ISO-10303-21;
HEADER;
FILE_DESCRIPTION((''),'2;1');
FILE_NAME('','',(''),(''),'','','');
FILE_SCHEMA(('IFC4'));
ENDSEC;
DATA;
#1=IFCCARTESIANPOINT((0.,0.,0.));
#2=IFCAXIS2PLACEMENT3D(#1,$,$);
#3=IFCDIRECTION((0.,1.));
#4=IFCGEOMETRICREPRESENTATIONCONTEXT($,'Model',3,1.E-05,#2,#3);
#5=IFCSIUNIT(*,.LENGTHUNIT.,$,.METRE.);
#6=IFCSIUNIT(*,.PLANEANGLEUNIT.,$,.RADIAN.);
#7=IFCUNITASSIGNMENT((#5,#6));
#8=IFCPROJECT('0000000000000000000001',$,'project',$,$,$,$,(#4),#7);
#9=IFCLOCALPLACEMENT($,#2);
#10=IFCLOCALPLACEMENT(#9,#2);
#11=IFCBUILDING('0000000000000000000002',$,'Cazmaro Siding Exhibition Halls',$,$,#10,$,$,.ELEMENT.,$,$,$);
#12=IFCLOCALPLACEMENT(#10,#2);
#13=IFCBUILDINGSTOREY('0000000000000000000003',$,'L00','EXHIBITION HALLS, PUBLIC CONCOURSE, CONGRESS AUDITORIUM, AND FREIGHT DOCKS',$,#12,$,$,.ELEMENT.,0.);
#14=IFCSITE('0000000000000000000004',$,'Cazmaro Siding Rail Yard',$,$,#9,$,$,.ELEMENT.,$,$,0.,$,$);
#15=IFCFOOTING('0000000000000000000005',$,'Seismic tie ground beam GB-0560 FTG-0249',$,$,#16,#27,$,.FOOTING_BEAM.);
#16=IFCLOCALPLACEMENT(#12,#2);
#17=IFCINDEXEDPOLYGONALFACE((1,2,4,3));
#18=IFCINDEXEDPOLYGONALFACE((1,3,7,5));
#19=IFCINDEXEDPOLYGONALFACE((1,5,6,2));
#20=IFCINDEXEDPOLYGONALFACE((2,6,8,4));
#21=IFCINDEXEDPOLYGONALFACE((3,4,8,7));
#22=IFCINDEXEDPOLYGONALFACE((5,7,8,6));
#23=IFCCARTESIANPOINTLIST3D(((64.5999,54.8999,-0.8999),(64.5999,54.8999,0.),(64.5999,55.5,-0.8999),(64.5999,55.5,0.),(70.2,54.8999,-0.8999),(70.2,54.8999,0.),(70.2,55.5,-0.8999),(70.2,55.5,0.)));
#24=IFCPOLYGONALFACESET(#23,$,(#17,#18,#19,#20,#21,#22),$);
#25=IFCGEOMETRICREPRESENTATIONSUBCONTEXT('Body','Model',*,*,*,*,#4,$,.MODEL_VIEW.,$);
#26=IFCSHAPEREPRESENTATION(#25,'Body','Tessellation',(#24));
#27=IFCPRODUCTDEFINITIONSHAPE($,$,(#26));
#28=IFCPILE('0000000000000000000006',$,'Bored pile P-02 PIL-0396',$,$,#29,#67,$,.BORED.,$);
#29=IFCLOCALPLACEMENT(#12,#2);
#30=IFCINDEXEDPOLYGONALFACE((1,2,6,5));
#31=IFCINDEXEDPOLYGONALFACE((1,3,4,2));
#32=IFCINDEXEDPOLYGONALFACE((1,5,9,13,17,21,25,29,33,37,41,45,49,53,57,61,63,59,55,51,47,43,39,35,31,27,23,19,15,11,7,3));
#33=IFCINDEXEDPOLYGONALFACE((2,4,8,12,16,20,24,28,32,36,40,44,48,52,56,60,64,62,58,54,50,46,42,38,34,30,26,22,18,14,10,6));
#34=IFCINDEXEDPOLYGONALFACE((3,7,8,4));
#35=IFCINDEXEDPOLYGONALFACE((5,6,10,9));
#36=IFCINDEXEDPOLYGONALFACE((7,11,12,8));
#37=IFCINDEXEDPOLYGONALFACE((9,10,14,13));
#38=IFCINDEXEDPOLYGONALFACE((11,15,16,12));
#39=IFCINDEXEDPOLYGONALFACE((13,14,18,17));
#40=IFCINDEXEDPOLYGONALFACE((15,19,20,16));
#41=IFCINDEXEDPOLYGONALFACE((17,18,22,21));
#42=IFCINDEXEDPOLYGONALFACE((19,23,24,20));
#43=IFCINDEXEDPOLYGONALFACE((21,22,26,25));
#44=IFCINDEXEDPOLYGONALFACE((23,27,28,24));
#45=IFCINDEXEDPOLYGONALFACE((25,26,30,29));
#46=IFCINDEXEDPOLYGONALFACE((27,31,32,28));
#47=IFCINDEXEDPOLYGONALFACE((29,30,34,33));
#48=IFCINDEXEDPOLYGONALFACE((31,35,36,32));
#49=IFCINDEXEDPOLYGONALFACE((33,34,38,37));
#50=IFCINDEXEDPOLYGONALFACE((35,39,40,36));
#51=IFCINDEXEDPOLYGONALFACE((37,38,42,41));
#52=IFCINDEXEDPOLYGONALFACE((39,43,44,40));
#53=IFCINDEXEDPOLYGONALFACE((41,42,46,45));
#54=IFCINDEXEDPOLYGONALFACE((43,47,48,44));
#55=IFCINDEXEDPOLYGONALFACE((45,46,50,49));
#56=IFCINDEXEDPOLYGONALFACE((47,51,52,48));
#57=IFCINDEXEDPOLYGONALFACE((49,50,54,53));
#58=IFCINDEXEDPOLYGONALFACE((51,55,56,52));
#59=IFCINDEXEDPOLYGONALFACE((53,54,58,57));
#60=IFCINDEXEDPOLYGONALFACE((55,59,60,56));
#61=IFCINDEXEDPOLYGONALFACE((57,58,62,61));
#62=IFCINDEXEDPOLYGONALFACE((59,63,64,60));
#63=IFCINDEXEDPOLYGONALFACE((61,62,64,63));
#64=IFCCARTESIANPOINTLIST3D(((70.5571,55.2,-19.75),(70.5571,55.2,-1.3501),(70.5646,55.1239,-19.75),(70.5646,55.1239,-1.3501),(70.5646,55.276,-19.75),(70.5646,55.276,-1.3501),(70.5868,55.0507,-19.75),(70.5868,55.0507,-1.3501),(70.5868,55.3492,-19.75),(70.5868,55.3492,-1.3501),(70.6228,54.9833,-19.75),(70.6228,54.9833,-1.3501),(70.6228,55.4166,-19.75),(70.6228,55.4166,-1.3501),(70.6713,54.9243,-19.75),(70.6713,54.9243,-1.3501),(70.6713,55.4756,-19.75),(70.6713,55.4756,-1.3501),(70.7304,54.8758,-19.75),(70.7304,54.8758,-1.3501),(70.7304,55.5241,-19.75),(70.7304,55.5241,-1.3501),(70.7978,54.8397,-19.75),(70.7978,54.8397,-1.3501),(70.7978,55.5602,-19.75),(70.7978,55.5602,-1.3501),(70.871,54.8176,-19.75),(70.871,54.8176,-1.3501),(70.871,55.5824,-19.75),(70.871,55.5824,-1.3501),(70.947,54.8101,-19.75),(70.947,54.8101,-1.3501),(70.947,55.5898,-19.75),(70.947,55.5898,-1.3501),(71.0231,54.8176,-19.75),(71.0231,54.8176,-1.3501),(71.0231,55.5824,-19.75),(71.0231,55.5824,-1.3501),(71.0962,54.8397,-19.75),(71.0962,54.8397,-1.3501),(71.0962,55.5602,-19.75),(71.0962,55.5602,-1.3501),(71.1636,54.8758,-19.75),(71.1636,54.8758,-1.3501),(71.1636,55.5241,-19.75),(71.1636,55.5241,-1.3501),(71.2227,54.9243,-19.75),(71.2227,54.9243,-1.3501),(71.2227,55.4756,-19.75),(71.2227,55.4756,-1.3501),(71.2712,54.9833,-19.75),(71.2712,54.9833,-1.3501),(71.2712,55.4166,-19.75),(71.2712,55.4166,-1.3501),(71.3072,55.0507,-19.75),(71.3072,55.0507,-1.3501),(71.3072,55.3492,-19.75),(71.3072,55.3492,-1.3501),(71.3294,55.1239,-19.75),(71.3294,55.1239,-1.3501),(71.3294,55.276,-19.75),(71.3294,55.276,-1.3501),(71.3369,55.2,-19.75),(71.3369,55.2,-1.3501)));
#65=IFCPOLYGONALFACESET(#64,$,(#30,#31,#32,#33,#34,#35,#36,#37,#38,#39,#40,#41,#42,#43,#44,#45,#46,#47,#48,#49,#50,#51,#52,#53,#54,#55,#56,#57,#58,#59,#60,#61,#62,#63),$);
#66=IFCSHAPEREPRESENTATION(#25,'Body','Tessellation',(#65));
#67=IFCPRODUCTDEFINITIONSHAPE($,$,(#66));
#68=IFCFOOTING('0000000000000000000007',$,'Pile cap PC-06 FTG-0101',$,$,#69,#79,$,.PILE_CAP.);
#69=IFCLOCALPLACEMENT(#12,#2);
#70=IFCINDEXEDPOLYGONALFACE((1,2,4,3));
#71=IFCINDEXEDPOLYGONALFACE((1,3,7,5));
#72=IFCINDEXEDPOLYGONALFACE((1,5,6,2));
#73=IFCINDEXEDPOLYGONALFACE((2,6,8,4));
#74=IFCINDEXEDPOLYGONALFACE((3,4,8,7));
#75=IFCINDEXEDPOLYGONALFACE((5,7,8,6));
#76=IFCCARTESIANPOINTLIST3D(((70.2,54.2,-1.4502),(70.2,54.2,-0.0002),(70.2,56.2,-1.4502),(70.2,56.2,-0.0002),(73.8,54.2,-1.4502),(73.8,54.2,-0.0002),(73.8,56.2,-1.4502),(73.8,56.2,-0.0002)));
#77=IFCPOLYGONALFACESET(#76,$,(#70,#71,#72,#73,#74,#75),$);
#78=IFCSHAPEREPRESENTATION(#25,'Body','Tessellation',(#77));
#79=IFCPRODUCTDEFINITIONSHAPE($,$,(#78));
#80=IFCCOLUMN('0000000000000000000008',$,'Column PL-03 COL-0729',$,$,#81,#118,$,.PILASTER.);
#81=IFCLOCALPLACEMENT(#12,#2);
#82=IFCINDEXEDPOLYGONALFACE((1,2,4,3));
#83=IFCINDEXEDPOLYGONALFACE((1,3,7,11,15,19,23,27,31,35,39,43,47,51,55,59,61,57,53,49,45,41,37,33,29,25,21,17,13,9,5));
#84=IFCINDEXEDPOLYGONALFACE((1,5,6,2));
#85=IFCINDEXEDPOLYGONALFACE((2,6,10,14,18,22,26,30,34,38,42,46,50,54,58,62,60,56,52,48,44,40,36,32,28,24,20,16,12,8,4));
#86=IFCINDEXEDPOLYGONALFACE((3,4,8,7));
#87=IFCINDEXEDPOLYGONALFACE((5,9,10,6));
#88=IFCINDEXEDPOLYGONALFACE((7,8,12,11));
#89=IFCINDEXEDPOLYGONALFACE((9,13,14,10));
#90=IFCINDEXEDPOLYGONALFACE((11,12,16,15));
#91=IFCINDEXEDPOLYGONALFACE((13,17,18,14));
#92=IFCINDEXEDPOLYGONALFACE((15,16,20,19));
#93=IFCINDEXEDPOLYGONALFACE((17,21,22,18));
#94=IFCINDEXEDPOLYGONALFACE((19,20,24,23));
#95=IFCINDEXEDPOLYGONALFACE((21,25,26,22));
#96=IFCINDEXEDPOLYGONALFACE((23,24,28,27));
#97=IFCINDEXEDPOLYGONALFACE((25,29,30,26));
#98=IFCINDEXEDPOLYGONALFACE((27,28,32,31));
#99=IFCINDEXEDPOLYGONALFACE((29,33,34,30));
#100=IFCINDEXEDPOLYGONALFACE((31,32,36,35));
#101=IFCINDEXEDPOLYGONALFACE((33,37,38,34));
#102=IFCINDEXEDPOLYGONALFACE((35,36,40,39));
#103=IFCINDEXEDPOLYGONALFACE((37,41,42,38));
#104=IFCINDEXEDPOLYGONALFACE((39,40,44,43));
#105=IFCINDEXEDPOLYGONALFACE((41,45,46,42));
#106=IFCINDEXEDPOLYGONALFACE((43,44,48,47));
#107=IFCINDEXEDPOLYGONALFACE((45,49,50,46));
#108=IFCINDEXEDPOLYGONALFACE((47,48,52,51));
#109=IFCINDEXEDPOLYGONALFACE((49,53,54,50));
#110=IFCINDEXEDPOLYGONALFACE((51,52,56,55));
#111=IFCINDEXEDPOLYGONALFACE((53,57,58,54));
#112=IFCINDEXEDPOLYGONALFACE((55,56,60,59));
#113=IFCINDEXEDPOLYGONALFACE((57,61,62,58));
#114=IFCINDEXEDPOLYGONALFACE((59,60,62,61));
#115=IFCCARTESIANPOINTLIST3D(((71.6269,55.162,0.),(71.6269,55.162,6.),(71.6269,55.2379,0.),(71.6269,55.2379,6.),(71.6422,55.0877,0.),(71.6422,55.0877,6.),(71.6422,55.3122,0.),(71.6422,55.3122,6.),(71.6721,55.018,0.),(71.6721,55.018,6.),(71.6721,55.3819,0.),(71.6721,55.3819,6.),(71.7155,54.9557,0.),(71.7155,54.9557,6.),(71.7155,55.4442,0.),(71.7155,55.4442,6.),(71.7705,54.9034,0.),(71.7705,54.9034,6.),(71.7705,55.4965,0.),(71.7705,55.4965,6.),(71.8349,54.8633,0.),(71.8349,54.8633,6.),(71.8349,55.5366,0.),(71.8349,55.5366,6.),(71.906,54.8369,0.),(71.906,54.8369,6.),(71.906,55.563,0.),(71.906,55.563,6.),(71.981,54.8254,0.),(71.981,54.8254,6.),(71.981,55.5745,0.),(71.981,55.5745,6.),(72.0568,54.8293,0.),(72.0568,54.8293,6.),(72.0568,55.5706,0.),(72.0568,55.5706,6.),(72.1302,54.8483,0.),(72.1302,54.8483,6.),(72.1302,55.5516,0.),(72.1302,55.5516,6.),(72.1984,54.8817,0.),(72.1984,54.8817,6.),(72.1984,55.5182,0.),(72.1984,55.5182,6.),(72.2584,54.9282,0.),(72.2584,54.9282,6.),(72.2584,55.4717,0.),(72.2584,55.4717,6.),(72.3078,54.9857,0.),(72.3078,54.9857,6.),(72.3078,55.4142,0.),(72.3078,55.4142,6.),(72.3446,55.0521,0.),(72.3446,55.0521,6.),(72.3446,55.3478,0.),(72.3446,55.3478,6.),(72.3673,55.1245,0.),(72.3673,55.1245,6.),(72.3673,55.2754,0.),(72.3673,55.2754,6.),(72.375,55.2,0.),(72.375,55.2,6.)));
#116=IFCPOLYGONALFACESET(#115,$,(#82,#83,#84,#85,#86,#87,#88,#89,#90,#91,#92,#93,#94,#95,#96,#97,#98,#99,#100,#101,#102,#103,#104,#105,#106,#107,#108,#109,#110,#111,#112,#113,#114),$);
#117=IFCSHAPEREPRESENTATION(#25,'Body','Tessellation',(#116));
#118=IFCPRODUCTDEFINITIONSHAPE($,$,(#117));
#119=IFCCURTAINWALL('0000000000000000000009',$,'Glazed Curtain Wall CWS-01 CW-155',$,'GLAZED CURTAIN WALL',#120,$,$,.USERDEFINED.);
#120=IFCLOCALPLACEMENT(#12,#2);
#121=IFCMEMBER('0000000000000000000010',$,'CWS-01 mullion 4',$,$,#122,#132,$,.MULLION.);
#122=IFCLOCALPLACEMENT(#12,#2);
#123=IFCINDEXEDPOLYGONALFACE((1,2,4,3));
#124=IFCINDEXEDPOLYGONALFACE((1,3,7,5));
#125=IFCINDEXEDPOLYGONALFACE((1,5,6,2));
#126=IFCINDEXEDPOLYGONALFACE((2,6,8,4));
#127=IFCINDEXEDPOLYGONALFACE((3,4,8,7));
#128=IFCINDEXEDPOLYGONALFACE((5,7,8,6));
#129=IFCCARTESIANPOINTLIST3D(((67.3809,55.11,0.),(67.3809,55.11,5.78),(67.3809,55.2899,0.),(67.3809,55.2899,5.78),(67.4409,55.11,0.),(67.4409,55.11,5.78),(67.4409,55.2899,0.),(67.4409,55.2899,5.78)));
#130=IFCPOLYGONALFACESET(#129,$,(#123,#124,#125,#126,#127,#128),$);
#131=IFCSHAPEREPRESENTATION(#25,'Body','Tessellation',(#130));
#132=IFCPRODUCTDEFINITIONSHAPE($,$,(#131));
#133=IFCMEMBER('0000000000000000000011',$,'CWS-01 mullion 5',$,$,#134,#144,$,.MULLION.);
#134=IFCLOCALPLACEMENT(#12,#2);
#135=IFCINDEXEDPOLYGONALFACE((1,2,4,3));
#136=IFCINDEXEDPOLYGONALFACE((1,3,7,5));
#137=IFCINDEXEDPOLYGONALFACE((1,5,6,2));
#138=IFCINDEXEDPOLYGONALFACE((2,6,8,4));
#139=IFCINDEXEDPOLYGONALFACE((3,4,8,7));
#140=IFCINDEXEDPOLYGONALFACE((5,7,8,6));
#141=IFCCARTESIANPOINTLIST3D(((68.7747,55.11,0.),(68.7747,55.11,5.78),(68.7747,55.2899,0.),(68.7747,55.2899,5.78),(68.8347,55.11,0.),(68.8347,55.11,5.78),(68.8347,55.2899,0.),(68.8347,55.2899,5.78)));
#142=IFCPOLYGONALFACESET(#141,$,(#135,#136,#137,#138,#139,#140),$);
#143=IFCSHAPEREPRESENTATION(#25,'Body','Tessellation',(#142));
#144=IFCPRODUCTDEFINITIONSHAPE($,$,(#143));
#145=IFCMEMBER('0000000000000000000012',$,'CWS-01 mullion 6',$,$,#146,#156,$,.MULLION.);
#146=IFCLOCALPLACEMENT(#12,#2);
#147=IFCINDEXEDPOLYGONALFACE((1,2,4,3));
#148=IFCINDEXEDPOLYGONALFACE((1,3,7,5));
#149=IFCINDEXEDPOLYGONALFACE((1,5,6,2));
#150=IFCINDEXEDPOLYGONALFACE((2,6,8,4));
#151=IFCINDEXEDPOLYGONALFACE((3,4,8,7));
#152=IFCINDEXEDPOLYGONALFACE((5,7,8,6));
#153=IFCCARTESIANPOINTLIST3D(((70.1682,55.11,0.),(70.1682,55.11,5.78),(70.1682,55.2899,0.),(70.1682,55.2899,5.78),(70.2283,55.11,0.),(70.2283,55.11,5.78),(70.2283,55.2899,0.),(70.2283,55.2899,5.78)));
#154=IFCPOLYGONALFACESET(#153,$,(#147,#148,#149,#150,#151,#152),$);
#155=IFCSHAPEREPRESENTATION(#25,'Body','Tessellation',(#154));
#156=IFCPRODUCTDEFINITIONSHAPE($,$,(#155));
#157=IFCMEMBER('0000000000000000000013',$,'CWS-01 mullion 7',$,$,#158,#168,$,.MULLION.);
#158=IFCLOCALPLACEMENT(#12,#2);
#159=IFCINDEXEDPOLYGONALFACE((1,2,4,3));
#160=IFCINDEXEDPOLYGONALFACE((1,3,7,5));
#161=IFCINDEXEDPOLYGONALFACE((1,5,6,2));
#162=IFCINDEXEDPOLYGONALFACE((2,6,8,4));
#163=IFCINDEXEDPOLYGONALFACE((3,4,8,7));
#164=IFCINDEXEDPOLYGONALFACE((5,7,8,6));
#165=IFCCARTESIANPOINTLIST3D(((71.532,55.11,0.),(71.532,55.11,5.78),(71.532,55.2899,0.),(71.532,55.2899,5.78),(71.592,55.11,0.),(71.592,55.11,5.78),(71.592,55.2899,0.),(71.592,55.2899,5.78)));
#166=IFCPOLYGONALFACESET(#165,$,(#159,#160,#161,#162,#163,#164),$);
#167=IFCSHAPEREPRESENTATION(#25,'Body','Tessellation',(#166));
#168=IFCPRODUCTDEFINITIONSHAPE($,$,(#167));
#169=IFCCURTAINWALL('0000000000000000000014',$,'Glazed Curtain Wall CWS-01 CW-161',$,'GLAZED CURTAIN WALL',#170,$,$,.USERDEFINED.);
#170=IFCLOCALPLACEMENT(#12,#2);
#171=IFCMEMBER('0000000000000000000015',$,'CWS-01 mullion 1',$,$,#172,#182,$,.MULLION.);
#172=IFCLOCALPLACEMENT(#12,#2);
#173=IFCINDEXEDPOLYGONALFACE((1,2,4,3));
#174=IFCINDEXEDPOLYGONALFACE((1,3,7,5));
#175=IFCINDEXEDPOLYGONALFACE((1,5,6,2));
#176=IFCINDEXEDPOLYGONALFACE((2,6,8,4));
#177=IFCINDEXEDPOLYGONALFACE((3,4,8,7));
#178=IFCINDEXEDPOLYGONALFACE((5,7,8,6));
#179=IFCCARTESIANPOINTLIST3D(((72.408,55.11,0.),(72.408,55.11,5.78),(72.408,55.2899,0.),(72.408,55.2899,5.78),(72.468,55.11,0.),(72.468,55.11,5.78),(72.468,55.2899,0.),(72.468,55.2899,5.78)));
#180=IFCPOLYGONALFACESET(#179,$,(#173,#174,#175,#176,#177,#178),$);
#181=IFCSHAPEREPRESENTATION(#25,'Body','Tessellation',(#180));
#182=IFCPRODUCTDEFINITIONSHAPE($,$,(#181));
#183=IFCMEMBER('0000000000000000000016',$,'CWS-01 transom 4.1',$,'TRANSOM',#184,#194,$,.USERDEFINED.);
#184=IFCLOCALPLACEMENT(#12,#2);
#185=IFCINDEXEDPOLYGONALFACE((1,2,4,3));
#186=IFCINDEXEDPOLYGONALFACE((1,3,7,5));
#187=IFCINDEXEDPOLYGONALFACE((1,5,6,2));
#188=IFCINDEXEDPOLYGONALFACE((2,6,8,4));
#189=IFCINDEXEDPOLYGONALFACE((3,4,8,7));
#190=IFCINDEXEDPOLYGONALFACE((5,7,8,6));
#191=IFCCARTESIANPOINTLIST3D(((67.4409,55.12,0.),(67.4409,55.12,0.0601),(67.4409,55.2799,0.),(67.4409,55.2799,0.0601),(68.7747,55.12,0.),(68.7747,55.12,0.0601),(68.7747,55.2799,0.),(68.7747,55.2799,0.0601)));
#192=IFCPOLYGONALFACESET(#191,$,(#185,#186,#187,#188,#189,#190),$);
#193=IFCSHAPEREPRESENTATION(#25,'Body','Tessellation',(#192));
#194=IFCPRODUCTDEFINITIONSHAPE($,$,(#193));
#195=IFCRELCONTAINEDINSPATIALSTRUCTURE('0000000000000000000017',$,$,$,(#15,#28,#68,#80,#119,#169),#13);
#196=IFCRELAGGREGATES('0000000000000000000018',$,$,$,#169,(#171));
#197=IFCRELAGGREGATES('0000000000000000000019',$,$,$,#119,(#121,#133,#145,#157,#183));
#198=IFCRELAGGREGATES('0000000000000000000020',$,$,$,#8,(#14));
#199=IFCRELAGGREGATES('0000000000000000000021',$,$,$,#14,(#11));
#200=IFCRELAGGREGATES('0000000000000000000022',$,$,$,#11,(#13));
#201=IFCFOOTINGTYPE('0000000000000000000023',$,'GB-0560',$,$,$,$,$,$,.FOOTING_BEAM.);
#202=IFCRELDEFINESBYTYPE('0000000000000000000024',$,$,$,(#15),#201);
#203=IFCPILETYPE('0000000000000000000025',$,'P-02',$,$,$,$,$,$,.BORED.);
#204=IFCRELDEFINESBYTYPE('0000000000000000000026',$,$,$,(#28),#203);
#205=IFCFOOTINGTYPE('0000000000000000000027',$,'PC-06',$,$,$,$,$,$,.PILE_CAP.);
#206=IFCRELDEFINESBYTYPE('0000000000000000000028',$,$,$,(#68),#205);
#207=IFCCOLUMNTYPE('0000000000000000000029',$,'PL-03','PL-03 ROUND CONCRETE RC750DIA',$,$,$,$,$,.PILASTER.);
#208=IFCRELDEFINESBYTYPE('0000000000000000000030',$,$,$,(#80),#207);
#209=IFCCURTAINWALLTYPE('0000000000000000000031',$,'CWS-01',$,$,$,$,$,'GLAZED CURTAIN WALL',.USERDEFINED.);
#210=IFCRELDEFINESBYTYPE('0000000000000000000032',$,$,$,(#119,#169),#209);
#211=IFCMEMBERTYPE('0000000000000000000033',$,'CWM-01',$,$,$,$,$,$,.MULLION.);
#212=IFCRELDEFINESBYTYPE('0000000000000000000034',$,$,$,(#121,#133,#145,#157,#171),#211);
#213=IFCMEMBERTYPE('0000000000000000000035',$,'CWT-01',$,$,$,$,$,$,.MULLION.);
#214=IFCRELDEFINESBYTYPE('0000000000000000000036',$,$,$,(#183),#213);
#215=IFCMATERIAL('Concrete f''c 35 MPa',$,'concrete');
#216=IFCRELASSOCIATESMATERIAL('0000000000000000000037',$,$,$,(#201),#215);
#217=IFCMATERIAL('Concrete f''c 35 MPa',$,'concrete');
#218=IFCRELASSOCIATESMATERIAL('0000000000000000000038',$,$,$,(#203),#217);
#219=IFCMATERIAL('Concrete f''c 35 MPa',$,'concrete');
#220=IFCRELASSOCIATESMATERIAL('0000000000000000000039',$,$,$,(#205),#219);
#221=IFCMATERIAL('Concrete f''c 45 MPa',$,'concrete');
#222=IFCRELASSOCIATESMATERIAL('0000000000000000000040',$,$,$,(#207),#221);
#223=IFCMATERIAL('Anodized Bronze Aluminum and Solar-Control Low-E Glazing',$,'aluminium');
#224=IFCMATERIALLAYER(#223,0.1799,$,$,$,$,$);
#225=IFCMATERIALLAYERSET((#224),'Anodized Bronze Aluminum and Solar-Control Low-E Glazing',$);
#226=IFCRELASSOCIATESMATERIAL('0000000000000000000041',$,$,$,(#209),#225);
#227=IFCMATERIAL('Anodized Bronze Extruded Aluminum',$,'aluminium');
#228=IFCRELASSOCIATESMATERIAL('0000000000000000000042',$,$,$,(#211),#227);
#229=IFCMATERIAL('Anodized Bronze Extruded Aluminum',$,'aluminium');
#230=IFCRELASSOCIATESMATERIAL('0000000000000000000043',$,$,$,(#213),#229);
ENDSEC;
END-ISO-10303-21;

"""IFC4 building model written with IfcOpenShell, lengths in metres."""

from ifc_helpers import new_model, si_unit, direction, frame, origin, origin_2d, place, context, subcontext, project, spatial, rectangle, circle, extrude, material, layer, layer_set, material_profile, profile_set, type_object, element, aggregate, save


model = new_model("IFC4")

# Units and contexts
model_context = context("Model", 3, precision=1e-05, world=origin(), true_north=direction((0.0, 1.0)))
body_context = subcontext(model_context, "Body", "Model", "MODEL_VIEW")
ifc_project = project(units=[si_unit("LENGTHUNIT", "METRE"), si_unit("PLANEANGLEUNIT", "RADIAN")], contexts=[model_context])

# Site, building, storey
site_placement = place(None, origin())
site = spatial("IfcSite", under=ifc_project, at=site_placement, Name="Cazmaro Siding Rail Yard", CompositionType="ELEMENT", RefElevation=0.0)
building_placement = place(site_placement, origin())
building = spatial("IfcBuilding", under=site, at=building_placement, Name="Cazmaro Siding Exhibition Halls", CompositionType="ELEMENT")
storey_placement = place(building_placement, origin())
storey = spatial("IfcBuildingStorey", under=building, at=storey_placement, Name="L00", Description="EXHIBITION HALLS, PUBLIC CONCOURSE, CONGRESS AUDITORIUM, AND FREIGHT DOCKS", CompositionType="ELEMENT", Elevation=0.0)

# Footing
ifc_material_1 = material(Name="Concrete f'c 35 MPa", Category="concrete")
footing_type_1 = type_object("IfcFootingType", Name="GB-0560", PredefinedType="FOOTING_BEAM", material=ifc_material_1)
footing_1_placement = place(storey_placement, frame((67.3999, 55.2, -0.8999), z_axis=(0.0, 0.0, 1.0), x_axis=(1.0, 0.0, 0.0)))
element("IfcFooting", 1, at=footing_1_placement, inside=storey, type_object=footing_type_1, Name="Seismic tie ground beam GB-0560 FTG-0249", PredefinedType="FOOTING_BEAM", context=body_context, shape_type="SweptSolid", body=[
    extrude(rectangle(XDim=5.6001, YDim=0.6001, at=origin_2d()), origin(), (0.0, 0.0, 1.0), 0.8999),
])

# Pile
ifc_material_2 = material(Name="Concrete f'c 35 MPa", Category="concrete")
ifc_material_profile_1 = material_profile(ifc_material_2, circle(Radius=0.3899, at=origin_2d()), Name="CIDH-780")
ifc_profile_set_1 = profile_set([ifc_material_profile_1], Name="Concrete f'c 35 MPa")
pile_type = type_object("IfcPileType", Name="P-02", PredefinedType="BORED", material=ifc_profile_set_1)
pile_placement = place(storey_placement, frame((70.947, 55.2, -1.3501), z_axis=(0.0, 0.0, -1.0), x_axis=(1.0, 0.0, 0.0)))
element("IfcPile", 2, at=pile_placement, inside=storey, type_object=pile_type, Name="Bored pile P-02 PIL-0396", PredefinedType="BORED", context=body_context, shape_type="SweptSolid", body=[
    extrude(circle(Radius=0.3899, at=origin_2d()), origin(), (0.0, 0.0, 1.0), 18.3999),
])

# Footing
ifc_material_3 = material(Name="Concrete f'c 35 MPa", Category="concrete")
footing_type_2 = type_object("IfcFootingType", Name="PC-06", PredefinedType="PILE_CAP", material=ifc_material_3)
footing_2_placement = place(storey_placement, frame((72.0, 55.2, -1.4502), z_axis=(0.0, 0.0, 1.0), x_axis=(1.0, 0.0, 0.0)))
element("IfcFooting", 3, at=footing_2_placement, inside=storey, type_object=footing_type_2, Name="Pile cap PC-06 FTG-0101", PredefinedType="PILE_CAP", context=body_context, shape_type="SweptSolid", body=[
    extrude(rectangle(XDim=3.6001, YDim=2.0, at=origin_2d()), origin(), (0.0, 0.0, 1.0), 1.45),
])

# Column
ifc_material_4 = material(Name="Concrete f'c 45 MPa", Category="concrete")
ifc_material_profile_2 = material_profile(ifc_material_4, circle(Radius=0.375, at=origin_2d()), Name="RC750DIA")
ifc_profile_set_2 = profile_set([ifc_material_profile_2], Name="Concrete f'c 45 MPa")
column_type = type_object("IfcColumnType", Name="PL-03", Description="PL-03 ROUND CONCRETE RC750DIA", PredefinedType="PILASTER", material=ifc_profile_set_2)
column_placement = place(storey_placement, frame((72.0, 55.2, 0.0), z_axis=(0.0, 0.0, 1.0), x_axis=(1.0, 0.0, 0.0)))
element("IfcColumn", 4, at=column_placement, inside=storey, type_object=column_type, Name="Column PL-03 COL-0729", PredefinedType="PILASTER", context=body_context, shape_type="SweptSolid", body=[
    extrude(circle(Radius=0.375, at=origin_2d()), origin(), (0.0, 0.0, 1.0), 6.0),
])

# Curtain wall, members
ifc_material_5 = material(Name="Anodized Bronze Aluminum and Solar-Control Low-E Glazing", Category="aluminium")
ifc_layer_1 = layer(ifc_material_5, 0.1799)
ifc_layer_set_1 = layer_set([ifc_layer_1], Name="Anodized Bronze Aluminum and Solar-Control Low-E Glazing")
curtain_wall_type = type_object("IfcCurtainWallType", Name="CWS-01", ElementType="GLAZED CURTAIN WALL", PredefinedType="USERDEFINED", material=ifc_layer_set_1)
curtain_wall_1_placement = place(storey_placement, origin())
curtain_wall_1 = element("IfcCurtainWall", 5, at=curtain_wall_1_placement, inside=storey, type_object=curtain_wall_type, Name="Glazed Curtain Wall CWS-01 CW-155", ObjectType="GLAZED CURTAIN WALL", PredefinedType="USERDEFINED")
ifc_material_6 = material(Name="Anodized Bronze Extruded Aluminum", Category="aluminium")
ifc_material_profile_3 = material_profile(ifc_material_6, rectangle(XDim=0.1799, YDim=0.0601, at=origin_2d()), Name="CWM-01")
ifc_profile_set_3 = profile_set([ifc_material_profile_3], Name="Anodized Bronze Extruded Aluminum")
member_type_1 = type_object("IfcMemberType", Name="CWM-01", PredefinedType="MULLION", material=ifc_profile_set_3)
member_1_placement = place(storey_placement, frame((67.4109, 55.2, 0.0), z_axis=(0.0, 0.0, 1.0), x_axis=(0.0, 1.0, 0.0)))
member_1 = element("IfcMember", 6, at=member_1_placement, type_object=member_type_1, Name="CWS-01 mullion 4", PredefinedType="MULLION", context=body_context, shape_type="SweptSolid", body=[
    extrude(rectangle(XDim=0.1799, YDim=0.0601, at=origin_2d()), origin(), (0.0, 0.0, 1.0), 5.78),
])
member_2_placement = place(storey_placement, frame((68.8047, 55.2, 0.0), z_axis=(0.0, 0.0, 1.0), x_axis=(0.0, 1.0, 0.0)))
member_2 = element("IfcMember", 7, at=member_2_placement, type_object=member_type_1, Name="CWS-01 mullion 5", PredefinedType="MULLION", context=body_context, shape_type="SweptSolid", body=[
    extrude(rectangle(XDim=0.1799, YDim=0.0601, at=origin_2d()), origin(), (0.0, 0.0, 1.0), 5.78),
])
member_3_placement = place(storey_placement, frame((70.1982, 55.2, 0.0), z_axis=(0.0, 0.0, 1.0), x_axis=(0.0, 1.0, 0.0)))
member_3 = element("IfcMember", 8, at=member_3_placement, type_object=member_type_1, Name="CWS-01 mullion 6", PredefinedType="MULLION", context=body_context, shape_type="SweptSolid", body=[
    extrude(rectangle(XDim=0.1799, YDim=0.0601, at=origin_2d()), origin(), (0.0, 0.0, 1.0), 5.78),
])
member_4_placement = place(storey_placement, frame((71.562, 55.2, 0.0), z_axis=(0.0, 0.0, 1.0), x_axis=(0.0, 1.0, 0.0)))
member_4 = element("IfcMember", 9, at=member_4_placement, type_object=member_type_1, Name="CWS-01 mullion 7", PredefinedType="MULLION", context=body_context, shape_type="SweptSolid", body=[
    extrude(rectangle(XDim=0.1799, YDim=0.0601, at=origin_2d()), origin(), (0.0, 0.0, 1.0), 5.78),
])

# Curtain wall, member
curtain_wall_2_placement = place(storey_placement, origin())
curtain_wall_2 = element("IfcCurtainWall", 10, at=curtain_wall_2_placement, inside=storey, type_object=curtain_wall_type, Name="Glazed Curtain Wall CWS-01 CW-161", ObjectType="GLAZED CURTAIN WALL", PredefinedType="USERDEFINED")
member_5_placement = place(storey_placement, frame((72.438, 55.2, 0.0), z_axis=(0.0, 0.0, 1.0), x_axis=(0.0, 1.0, 0.0)))
member_5 = element("IfcMember", 11, at=member_5_placement, type_object=member_type_1, Name="CWS-01 mullion 1", PredefinedType="MULLION", context=body_context, shape_type="SweptSolid", body=[
    extrude(rectangle(XDim=0.1799, YDim=0.0601, at=origin_2d()), origin(), (0.0, 0.0, 1.0), 5.78),
])

# Member
ifc_material_7 = material(Name="Anodized Bronze Extruded Aluminum", Category="aluminium")
ifc_material_profile_4 = material_profile(ifc_material_7, rectangle(XDim=0.1599, YDim=0.0601, at=origin_2d()), Name="CWT-01")
ifc_profile_set_4 = profile_set([ifc_material_profile_4], Name="Anodized Bronze Extruded Aluminum")
member_type_2 = type_object("IfcMemberType", Name="CWT-01", PredefinedType="MULLION", material=ifc_profile_set_4)
member_6_placement = place(storey_placement, frame((67.4409, 55.2, 0.03), z_axis=(1.0, 0.0, 0.0), x_axis=(0.0, 1.0, 0.0)))
member_6 = element("IfcMember", 12, at=member_6_placement, type_object=member_type_2, Name="CWS-01 transom 4.1", ObjectType="TRANSOM", PredefinedType="USERDEFINED", context=body_context, shape_type="SweptSolid", body=[
    extrude(rectangle(XDim=0.1599, YDim=0.0601, at=origin_2d()), origin(), (0.0, 0.0, 1.0), 1.3337),
])

aggregate(curtain_wall_2, [member_5])

aggregate(curtain_wall_1, [member_1, member_2, member_3, member_4, member_6])

save(model, "model.ifc")
